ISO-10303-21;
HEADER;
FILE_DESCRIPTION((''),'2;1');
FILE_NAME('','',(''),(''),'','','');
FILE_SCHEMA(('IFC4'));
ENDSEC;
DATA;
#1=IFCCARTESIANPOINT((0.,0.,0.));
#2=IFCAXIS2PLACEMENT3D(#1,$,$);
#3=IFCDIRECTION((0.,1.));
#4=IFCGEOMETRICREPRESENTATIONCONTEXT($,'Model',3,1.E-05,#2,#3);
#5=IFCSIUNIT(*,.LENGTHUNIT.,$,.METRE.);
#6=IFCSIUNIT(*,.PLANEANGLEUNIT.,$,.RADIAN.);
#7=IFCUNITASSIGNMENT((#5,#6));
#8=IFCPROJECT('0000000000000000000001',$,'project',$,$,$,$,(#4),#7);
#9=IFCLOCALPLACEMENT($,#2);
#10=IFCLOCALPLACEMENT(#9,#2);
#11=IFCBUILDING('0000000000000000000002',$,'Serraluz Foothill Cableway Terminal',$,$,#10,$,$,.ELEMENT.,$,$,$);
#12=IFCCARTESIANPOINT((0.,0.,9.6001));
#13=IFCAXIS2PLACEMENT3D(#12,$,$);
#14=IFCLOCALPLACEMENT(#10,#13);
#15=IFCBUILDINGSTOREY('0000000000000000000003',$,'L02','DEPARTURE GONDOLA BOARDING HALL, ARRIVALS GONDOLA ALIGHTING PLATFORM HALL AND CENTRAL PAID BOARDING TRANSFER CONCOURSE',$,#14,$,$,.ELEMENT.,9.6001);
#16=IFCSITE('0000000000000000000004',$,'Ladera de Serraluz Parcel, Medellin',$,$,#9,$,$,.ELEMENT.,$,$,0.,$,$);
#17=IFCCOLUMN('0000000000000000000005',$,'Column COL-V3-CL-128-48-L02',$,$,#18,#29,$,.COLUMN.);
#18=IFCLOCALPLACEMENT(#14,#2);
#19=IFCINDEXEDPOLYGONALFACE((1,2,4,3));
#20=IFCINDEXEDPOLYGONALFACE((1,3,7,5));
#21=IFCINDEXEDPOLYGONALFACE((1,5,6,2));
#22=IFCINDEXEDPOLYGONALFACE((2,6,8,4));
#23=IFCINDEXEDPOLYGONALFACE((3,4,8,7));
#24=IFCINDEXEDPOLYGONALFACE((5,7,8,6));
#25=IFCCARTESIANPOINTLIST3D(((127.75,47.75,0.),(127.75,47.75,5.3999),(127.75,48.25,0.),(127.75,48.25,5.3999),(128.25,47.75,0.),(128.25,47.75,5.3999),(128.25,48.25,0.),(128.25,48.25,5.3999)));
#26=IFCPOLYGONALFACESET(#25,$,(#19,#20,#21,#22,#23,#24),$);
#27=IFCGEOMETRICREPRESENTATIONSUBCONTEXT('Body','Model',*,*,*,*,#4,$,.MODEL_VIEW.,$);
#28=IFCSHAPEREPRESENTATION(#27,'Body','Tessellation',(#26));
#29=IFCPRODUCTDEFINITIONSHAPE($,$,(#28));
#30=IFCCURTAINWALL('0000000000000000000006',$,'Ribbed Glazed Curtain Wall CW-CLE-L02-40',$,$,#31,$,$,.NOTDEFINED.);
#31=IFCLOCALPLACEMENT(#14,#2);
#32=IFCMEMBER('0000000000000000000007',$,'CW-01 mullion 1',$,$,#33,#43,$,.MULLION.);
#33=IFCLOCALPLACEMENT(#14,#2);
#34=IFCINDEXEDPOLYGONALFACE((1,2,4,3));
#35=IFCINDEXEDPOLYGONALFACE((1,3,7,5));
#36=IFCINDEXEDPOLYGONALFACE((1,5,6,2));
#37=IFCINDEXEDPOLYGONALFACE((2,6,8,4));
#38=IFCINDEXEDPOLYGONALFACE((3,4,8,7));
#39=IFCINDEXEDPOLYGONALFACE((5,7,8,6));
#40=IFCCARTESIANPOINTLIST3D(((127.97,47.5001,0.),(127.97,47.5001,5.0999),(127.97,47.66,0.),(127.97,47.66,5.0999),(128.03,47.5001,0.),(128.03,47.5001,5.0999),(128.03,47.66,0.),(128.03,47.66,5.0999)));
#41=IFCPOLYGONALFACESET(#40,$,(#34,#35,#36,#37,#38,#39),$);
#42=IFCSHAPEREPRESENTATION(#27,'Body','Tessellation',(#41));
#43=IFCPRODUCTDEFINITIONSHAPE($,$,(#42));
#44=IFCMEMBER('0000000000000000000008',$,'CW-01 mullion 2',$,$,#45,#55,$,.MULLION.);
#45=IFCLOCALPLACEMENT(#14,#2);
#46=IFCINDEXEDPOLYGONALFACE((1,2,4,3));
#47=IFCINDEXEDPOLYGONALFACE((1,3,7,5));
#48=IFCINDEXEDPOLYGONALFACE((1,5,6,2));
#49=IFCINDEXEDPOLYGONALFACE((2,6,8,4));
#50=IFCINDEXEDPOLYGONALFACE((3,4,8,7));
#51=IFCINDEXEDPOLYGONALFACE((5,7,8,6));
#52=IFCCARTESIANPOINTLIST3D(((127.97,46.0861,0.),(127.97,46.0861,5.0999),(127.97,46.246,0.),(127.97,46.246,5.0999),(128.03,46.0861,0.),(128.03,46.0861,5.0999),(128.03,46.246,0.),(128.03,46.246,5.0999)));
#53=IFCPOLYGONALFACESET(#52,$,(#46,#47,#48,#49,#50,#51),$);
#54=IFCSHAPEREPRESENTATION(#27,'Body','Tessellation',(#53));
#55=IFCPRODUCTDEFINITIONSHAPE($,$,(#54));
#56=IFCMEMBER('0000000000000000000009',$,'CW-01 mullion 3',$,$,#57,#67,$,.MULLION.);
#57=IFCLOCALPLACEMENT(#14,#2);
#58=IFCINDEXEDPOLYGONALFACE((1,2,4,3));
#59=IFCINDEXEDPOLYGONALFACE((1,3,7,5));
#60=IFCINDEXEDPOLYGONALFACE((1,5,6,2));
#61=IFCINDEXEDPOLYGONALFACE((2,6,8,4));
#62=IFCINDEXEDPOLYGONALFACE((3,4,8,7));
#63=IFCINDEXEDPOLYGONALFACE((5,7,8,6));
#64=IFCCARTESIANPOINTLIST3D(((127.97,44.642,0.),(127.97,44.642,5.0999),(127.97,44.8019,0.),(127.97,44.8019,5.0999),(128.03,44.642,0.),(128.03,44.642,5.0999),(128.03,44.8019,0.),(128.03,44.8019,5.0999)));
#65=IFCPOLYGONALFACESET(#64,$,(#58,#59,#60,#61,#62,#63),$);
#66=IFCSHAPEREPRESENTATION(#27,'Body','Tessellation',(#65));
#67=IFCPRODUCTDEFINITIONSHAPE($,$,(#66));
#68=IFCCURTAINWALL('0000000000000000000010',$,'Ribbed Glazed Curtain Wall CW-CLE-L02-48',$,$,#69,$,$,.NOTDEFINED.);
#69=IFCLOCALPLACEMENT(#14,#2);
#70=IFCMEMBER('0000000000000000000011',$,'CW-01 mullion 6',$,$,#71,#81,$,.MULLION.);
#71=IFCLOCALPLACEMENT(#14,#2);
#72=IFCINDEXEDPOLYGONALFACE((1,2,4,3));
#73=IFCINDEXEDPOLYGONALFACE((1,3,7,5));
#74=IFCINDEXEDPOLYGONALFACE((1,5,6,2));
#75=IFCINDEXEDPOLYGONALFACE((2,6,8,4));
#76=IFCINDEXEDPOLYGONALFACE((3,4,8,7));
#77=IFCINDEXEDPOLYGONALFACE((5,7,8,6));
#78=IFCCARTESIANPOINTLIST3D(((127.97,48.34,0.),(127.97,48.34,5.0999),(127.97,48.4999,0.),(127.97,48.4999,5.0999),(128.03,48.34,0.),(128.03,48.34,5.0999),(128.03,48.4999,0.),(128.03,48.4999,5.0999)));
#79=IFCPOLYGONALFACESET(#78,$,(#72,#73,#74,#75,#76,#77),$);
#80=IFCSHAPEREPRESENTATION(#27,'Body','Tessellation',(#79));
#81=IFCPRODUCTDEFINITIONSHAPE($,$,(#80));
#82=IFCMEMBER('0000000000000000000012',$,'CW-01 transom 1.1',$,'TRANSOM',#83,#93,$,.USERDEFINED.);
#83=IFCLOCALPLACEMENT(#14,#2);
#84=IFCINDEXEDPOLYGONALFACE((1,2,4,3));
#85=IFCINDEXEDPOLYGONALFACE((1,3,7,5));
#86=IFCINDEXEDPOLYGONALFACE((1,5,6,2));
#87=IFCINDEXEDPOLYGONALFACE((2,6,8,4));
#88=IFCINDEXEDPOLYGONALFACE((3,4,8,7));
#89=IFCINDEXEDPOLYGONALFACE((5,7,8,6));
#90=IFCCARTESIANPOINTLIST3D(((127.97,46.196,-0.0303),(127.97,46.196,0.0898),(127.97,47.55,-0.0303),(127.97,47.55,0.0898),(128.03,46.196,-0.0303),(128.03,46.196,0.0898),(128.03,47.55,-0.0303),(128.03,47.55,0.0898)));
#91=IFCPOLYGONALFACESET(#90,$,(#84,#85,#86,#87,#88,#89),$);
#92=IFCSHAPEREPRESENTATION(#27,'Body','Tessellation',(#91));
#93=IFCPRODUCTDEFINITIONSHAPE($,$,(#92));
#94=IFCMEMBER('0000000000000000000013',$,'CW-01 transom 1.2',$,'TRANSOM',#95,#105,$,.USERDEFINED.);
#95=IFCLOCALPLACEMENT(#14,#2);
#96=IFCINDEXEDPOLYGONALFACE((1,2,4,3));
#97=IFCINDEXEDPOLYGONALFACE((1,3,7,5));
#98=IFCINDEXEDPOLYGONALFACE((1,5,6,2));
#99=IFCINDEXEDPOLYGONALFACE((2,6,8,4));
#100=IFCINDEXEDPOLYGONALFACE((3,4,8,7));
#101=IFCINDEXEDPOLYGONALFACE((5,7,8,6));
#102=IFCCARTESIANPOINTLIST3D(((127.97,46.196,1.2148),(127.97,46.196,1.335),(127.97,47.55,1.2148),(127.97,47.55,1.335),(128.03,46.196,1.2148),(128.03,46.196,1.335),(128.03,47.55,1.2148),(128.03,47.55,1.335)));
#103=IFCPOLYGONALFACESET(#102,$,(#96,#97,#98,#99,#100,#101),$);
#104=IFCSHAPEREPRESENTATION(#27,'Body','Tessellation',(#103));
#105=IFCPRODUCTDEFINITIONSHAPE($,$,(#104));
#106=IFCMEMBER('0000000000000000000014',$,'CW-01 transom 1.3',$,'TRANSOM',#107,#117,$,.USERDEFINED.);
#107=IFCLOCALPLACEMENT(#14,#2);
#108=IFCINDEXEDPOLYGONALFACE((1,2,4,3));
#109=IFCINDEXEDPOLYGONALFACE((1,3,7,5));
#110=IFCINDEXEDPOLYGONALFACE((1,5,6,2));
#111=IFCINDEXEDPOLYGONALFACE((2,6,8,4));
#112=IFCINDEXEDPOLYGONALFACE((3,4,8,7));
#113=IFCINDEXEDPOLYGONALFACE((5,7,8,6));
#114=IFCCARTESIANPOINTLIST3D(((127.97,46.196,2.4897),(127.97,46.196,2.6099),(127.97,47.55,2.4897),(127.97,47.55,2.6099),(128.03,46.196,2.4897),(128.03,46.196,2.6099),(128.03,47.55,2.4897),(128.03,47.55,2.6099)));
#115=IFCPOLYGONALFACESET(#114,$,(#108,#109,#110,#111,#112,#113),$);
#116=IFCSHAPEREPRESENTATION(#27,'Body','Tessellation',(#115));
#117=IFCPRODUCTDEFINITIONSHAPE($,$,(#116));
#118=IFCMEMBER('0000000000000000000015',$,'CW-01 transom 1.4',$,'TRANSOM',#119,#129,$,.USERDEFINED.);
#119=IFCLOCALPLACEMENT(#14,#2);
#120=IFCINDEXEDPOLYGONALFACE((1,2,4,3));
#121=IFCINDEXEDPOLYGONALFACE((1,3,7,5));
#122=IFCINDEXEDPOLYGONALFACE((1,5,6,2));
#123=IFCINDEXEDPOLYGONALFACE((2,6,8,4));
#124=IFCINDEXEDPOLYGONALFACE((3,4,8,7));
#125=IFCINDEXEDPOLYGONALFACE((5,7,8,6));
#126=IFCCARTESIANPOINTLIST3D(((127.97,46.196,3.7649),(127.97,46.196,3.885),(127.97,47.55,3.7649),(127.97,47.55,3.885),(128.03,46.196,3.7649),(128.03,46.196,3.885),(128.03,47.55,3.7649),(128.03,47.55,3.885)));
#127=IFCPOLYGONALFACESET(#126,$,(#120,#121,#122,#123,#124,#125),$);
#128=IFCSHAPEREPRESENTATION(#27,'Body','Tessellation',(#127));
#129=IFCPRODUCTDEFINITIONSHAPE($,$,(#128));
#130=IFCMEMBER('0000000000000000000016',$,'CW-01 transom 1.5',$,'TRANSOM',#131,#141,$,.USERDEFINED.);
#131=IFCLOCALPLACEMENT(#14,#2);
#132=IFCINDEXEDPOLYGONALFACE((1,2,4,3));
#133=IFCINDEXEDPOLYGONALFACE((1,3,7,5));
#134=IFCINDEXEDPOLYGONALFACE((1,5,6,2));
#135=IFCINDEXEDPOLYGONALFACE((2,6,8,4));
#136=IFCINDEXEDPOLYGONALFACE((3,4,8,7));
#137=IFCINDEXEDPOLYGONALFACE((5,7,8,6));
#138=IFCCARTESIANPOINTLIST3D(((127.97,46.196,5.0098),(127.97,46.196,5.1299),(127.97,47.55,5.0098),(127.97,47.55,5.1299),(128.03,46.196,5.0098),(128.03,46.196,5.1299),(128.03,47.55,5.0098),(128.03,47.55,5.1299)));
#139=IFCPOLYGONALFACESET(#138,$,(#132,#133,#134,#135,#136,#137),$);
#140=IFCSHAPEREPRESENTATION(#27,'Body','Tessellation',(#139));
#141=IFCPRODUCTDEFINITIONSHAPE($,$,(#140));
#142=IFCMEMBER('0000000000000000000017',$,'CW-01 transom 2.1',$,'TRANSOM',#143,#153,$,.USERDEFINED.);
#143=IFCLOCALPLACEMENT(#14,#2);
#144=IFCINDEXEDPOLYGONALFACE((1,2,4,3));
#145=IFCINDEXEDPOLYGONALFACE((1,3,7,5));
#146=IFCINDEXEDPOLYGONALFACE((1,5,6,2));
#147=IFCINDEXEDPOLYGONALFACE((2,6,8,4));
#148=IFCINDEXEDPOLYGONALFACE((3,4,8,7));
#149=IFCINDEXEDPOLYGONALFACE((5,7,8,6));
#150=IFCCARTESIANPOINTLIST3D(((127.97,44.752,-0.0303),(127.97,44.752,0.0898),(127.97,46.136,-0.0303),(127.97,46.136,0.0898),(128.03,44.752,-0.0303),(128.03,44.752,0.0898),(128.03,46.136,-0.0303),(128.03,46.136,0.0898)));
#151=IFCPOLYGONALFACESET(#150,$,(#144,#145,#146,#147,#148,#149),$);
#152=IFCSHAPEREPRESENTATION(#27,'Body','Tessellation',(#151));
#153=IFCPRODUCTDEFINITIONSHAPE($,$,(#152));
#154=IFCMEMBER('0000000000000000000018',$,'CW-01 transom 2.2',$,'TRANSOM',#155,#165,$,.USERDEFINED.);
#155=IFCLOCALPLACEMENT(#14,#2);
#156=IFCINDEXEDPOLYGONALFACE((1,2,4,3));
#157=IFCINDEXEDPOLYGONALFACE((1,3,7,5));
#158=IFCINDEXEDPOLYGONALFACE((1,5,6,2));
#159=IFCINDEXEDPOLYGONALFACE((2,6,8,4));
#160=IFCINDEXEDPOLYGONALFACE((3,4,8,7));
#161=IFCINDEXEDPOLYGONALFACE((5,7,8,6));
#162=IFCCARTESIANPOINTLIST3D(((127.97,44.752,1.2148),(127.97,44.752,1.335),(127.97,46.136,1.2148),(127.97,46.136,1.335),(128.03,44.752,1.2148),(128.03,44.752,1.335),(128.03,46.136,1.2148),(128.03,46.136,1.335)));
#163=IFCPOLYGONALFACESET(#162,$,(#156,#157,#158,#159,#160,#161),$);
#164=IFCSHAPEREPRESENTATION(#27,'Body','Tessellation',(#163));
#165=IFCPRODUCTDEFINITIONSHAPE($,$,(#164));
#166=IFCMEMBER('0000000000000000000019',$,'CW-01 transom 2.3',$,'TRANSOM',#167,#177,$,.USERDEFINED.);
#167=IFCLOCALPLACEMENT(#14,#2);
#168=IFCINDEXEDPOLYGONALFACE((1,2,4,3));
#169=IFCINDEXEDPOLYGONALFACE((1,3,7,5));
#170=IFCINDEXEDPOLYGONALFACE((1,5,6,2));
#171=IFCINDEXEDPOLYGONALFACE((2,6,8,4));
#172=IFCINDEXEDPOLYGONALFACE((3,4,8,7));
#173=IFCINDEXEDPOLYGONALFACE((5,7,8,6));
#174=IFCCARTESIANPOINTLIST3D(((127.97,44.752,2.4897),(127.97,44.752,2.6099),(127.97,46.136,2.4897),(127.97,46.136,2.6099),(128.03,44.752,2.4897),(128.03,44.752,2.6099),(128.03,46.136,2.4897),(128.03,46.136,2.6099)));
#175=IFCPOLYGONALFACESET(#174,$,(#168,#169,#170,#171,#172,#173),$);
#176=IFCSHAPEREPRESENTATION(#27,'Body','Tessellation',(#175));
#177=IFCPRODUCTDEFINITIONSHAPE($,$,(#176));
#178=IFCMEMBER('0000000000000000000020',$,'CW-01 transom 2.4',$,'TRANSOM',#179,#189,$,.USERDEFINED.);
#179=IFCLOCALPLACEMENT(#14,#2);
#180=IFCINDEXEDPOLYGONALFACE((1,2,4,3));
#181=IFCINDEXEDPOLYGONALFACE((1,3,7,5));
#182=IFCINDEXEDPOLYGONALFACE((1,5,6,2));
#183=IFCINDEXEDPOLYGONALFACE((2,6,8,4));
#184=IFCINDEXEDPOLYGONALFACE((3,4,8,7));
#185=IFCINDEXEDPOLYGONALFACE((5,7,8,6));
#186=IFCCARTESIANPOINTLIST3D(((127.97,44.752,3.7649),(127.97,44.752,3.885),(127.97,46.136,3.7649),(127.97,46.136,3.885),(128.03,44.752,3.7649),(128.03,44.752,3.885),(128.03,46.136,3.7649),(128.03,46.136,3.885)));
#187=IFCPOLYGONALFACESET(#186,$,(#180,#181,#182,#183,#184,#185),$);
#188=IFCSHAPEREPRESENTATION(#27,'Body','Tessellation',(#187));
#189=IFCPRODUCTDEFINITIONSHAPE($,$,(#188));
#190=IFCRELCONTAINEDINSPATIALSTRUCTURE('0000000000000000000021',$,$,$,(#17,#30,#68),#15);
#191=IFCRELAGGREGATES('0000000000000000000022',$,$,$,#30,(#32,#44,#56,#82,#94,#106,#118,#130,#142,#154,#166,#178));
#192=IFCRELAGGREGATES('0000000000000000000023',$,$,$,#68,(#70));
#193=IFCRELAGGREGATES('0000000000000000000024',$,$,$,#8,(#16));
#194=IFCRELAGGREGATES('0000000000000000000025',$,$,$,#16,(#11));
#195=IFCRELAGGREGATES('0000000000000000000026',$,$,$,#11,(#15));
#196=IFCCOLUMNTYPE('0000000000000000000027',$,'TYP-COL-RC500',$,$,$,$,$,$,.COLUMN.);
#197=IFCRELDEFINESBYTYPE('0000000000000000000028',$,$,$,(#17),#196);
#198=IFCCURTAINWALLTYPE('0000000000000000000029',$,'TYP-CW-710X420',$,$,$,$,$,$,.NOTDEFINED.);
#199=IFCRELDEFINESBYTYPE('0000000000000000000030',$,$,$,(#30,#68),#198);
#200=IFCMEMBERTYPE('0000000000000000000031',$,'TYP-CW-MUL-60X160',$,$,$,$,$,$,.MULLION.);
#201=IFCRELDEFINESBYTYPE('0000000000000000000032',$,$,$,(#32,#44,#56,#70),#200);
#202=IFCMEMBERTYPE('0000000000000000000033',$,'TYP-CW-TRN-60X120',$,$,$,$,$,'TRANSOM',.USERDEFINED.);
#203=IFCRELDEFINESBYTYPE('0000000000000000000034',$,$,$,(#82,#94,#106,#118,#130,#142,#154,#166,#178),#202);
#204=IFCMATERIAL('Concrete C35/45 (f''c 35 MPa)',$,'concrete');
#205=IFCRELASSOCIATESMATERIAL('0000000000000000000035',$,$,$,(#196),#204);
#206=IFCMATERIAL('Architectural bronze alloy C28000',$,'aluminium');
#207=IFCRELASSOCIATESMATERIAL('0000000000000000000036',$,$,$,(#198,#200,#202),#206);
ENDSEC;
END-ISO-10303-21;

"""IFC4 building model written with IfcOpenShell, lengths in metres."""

from ifc_helpers import new_model, si_unit, direction, frame, origin, origin_2d, place, context, subcontext, project, spatial, rectangle, extrude, material, material_profile, profile_set, type_object, element, aggregate, save


model = new_model("IFC4")

# Units and contexts
model_context = context("Model", 3, precision=1e-05, world=origin(), true_north=direction((0.0, 1.0)))
body_context = subcontext(model_context, "Body", "Model", "MODEL_VIEW")
ifc_project = project(units=[si_unit("LENGTHUNIT", "METRE"), si_unit("PLANEANGLEUNIT", "RADIAN")], contexts=[model_context])

# Site, building, storey
site_placement = place(None, origin())
site = spatial("IfcSite", under=ifc_project, at=site_placement, Name="Ladera de Serraluz Parcel, Medellin", CompositionType="ELEMENT", RefElevation=0.0)
building_placement = place(site_placement, origin())
building = spatial("IfcBuilding", under=site, at=building_placement, Name="Serraluz Foothill Cableway Terminal", CompositionType="ELEMENT")
storey_placement = place(building_placement, frame((0.0, 0.0, 9.6001)))
storey = spatial("IfcBuildingStorey", under=building, at=storey_placement, Name="L02", Description="DEPARTURE GONDOLA BOARDING HALL, ARRIVALS GONDOLA ALIGHTING PLATFORM HALL AND CENTRAL PAID BOARDING TRANSFER CONCOURSE", CompositionType="ELEMENT", Elevation=9.6001)

# Column
ifc_material_1 = material(Name="Concrete C35/45 (f'c 35 MPa)", Category="concrete")
ifc_material_profile_1 = material_profile(ifc_material_1, rectangle(XDim=0.5, YDim=0.5, at=origin_2d()), Name="RC 500x500")
ifc_profile_set_1 = profile_set([ifc_material_profile_1], Name="Concrete C35/45 (f'c 35 MPa)")
column_type = type_object("IfcColumnType", Name="TYP-COL-RC500", PredefinedType="COLUMN", material=ifc_profile_set_1)
column_placement = place(storey_placement, frame((128.0, 48.0, 0.0), z_axis=(0.0, 0.0, 1.0), x_axis=(1.0, 0.0, 0.0)))
element("IfcColumn", 1, at=column_placement, inside=storey, type_object=column_type, Name="Column COL-V3-CL-128-48-L02", PredefinedType="COLUMN", context=body_context, shape_type="SweptSolid", body=[
    extrude(rectangle(XDim=0.5, YDim=0.5, at=origin_2d()), origin(), (0.0, 0.0, 1.0), 5.3999),
])

# Curtain wall, members
ifc_material_2 = material(Name="Architectural bronze alloy C28000", Category="aluminium")
curtain_wall_type = type_object("IfcCurtainWallType", Name="TYP-CW-710X420", PredefinedType="NOTDEFINED", material=ifc_material_2)
curtain_wall_1_placement = place(storey_placement, origin())
curtain_wall_1 = element("IfcCurtainWall", 2, at=curtain_wall_1_placement, inside=storey, type_object=curtain_wall_type, Name="Ribbed Glazed Curtain Wall CW-CLE-L02-40", PredefinedType="NOTDEFINED")
ifc_material_profile_2 = material_profile(ifc_material_2, rectangle(XDim=0.0601, YDim=0.1599, at=origin_2d()), Name="ALU MULLION 60x160")
ifc_profile_set_2 = profile_set([ifc_material_profile_2], Name="Architectural bronze alloy C28000")
member_type_1 = type_object("IfcMemberType", Name="TYP-CW-MUL-60X160", PredefinedType="MULLION", material=ifc_profile_set_2)
member_1_placement = place(storey_placement, frame((128.0, 47.5801, 0.0), z_axis=(0.0, 0.0, 1.0), x_axis=(1.0, 0.0, 0.0)))
member_1 = element("IfcMember", 3, at=member_1_placement, type_object=member_type_1, Name="CW-01 mullion 1", PredefinedType="MULLION", context=body_context, shape_type="SweptSolid", body=[
    extrude(rectangle(XDim=0.0601, YDim=0.1599, at=origin_2d()), origin(), (0.0, 0.0, 1.0), 5.0999),
])
member_2_placement = place(storey_placement, frame((128.0, 46.166, 0.0), z_axis=(0.0, 0.0, 1.0), x_axis=(1.0, 0.0, 0.0)))
member_2 = element("IfcMember", 4, at=member_2_placement, type_object=member_type_1, Name="CW-01 mullion 2", PredefinedType="MULLION", context=body_context, shape_type="SweptSolid", body=[
    extrude(rectangle(XDim=0.0601, YDim=0.1599, at=origin_2d()), origin(), (0.0, 0.0, 1.0), 5.0999),
])
member_3_placement = place(storey_placement, frame((128.0, 44.7219, 0.0), z_axis=(0.0, 0.0, 1.0), x_axis=(1.0, 0.0, 0.0)))
member_3 = element("IfcMember", 5, at=member_3_placement, type_object=member_type_1, Name="CW-01 mullion 3", PredefinedType="MULLION", context=body_context, shape_type="SweptSolid", body=[
    extrude(rectangle(XDim=0.0601, YDim=0.1599, at=origin_2d()), origin(), (0.0, 0.0, 1.0), 5.0999),
])

# Curtain wall, member
curtain_wall_2_placement = place(storey_placement, origin())
curtain_wall_2 = element("IfcCurtainWall", 6, at=curtain_wall_2_placement, inside=storey, type_object=curtain_wall_type, Name="Ribbed Glazed Curtain Wall CW-CLE-L02-48", PredefinedType="NOTDEFINED")
member_4_placement = place(storey_placement, frame((128.0, 48.4199, 0.0), z_axis=(0.0, 0.0, 1.0), x_axis=(1.0, 0.0, 0.0)))
member_4 = element("IfcMember", 7, at=member_4_placement, type_object=member_type_1, Name="CW-01 mullion 6", PredefinedType="MULLION", context=body_context, shape_type="SweptSolid", body=[
    extrude(rectangle(XDim=0.0601, YDim=0.1599, at=origin_2d()), origin(), (0.0, 0.0, 1.0), 5.0999),
])

# Members
ifc_material_profile_3 = material_profile(ifc_material_2, rectangle(XDim=0.0601, YDim=0.1201, at=origin_2d()), Name="ALU TRANSOM 60x120")
ifc_profile_set_3 = profile_set([ifc_material_profile_3], Name="Architectural bronze alloy C28000")
member_type_2 = type_object("IfcMemberType", Name="TYP-CW-TRN-60X120", ElementType="TRANSOM", PredefinedType="USERDEFINED", material=ifc_profile_set_3)
member_5_placement = place(storey_placement, frame((128.0, 47.55, 0.0298), z_axis=(0.0, -1.0, 0.0), x_axis=(1.0, 0.0, 0.0)))
member_5 = element("IfcMember", 8, at=member_5_placement, type_object=member_type_2, Name="CW-01 transom 1.1", ObjectType="TRANSOM", PredefinedType="USERDEFINED", context=body_context, shape_type="SweptSolid", body=[
    extrude(rectangle(XDim=0.0601, YDim=0.1201, at=origin_2d()), origin(), (0.0, 0.0, 1.0), 1.354),
])
member_6_placement = place(storey_placement, frame((128.0, 47.55, 1.2749), z_axis=(0.0, -1.0, 0.0), x_axis=(1.0, 0.0, 0.0)))
member_6 = element("IfcMember", 9, at=member_6_placement, type_object=member_type_2, Name="CW-01 transom 1.2", ObjectType="TRANSOM", PredefinedType="USERDEFINED", context=body_context, shape_type="SweptSolid", body=[
    extrude(rectangle(XDim=0.0601, YDim=0.1201, at=origin_2d()), origin(), (0.0, 0.0, 1.0), 1.354),
])
member_7_placement = place(storey_placement, frame((128.0, 47.55, 2.5498), z_axis=(0.0, -1.0, 0.0), x_axis=(1.0, 0.0, 0.0)))
member_7 = element("IfcMember", 10, at=member_7_placement, type_object=member_type_2, Name="CW-01 transom 1.3", ObjectType="TRANSOM", PredefinedType="USERDEFINED", context=body_context, shape_type="SweptSolid", body=[
    extrude(rectangle(XDim=0.0601, YDim=0.1201, at=origin_2d()), origin(), (0.0, 0.0, 1.0), 1.354),
])
member_8_placement = place(storey_placement, frame((128.0, 47.55, 3.825), z_axis=(0.0, -1.0, 0.0), x_axis=(1.0, 0.0, 0.0)))
member_8 = element("IfcMember", 11, at=member_8_placement, type_object=member_type_2, Name="CW-01 transom 1.4", ObjectType="TRANSOM", PredefinedType="USERDEFINED", context=body_context, shape_type="SweptSolid", body=[
    extrude(rectangle(XDim=0.0601, YDim=0.1201, at=origin_2d()), origin(), (0.0, 0.0, 1.0), 1.354),
])
member_9_placement = place(storey_placement, frame((128.0, 47.55, 5.0698), z_axis=(0.0, -1.0, 0.0), x_axis=(1.0, 0.0, 0.0)))
member_9 = element("IfcMember", 12, at=member_9_placement, type_object=member_type_2, Name="CW-01 transom 1.5", ObjectType="TRANSOM", PredefinedType="USERDEFINED", context=body_context, shape_type="SweptSolid", body=[
    extrude(rectangle(XDim=0.0601, YDim=0.1201, at=origin_2d()), origin(), (0.0, 0.0, 1.0), 1.354),
])
member_10_placement = place(storey_placement, frame((128.0, 46.136, 0.0298), z_axis=(0.0, -1.0, 0.0), x_axis=(1.0, 0.0, 0.0)))
member_10 = element("IfcMember", 13, at=member_10_placement, type_object=member_type_2, Name="CW-01 transom 2.1", ObjectType="TRANSOM", PredefinedType="USERDEFINED", context=body_context, shape_type="SweptSolid", body=[
    extrude(rectangle(XDim=0.0601, YDim=0.1201, at=origin_2d()), origin(), (0.0, 0.0, 1.0), 1.384),
])
member_11_placement = place(storey_placement, frame((128.0, 46.136, 1.2749), z_axis=(0.0, -1.0, 0.0), x_axis=(1.0, 0.0, 0.0)))
member_11 = element("IfcMember", 14, at=member_11_placement, type_object=member_type_2, Name="CW-01 transom 2.2", ObjectType="TRANSOM", PredefinedType="USERDEFINED", context=body_context, shape_type="SweptSolid", body=[
    extrude(rectangle(XDim=0.0601, YDim=0.1201, at=origin_2d()), origin(), (0.0, 0.0, 1.0), 1.384),
])
member_12_placement = place(storey_placement, frame((128.0, 46.136, 2.5498), z_axis=(0.0, -1.0, 0.0), x_axis=(1.0, 0.0, 0.0)))
member_12 = element("IfcMember", 15, at=member_12_placement, type_object=member_type_2, Name="CW-01 transom 2.3", ObjectType="TRANSOM", PredefinedType="USERDEFINED", context=body_context, shape_type="SweptSolid", body=[
    extrude(rectangle(XDim=0.0601, YDim=0.1201, at=origin_2d()), origin(), (0.0, 0.0, 1.0), 1.384),
])
member_13_placement = place(storey_placement, frame((128.0, 46.136, 3.825), z_axis=(0.0, -1.0, 0.0), x_axis=(1.0, 0.0, 0.0)))
member_13 = element("IfcMember", 16, at=member_13_placement, type_object=member_type_2, Name="CW-01 transom 2.4", ObjectType="TRANSOM", PredefinedType="USERDEFINED", context=body_context, shape_type="SweptSolid", body=[
    extrude(rectangle(XDim=0.0601, YDim=0.1201, at=origin_2d()), origin(), (0.0, 0.0, 1.0), 1.384),
])

aggregate(curtain_wall_1, [member_1, member_2, member_3, member_5, member_6, member_7, member_8, member_9, member_10, member_11, member_12, member_13])
aggregate(curtain_wall_2, [member_4])

save(model, "model.ifc")
